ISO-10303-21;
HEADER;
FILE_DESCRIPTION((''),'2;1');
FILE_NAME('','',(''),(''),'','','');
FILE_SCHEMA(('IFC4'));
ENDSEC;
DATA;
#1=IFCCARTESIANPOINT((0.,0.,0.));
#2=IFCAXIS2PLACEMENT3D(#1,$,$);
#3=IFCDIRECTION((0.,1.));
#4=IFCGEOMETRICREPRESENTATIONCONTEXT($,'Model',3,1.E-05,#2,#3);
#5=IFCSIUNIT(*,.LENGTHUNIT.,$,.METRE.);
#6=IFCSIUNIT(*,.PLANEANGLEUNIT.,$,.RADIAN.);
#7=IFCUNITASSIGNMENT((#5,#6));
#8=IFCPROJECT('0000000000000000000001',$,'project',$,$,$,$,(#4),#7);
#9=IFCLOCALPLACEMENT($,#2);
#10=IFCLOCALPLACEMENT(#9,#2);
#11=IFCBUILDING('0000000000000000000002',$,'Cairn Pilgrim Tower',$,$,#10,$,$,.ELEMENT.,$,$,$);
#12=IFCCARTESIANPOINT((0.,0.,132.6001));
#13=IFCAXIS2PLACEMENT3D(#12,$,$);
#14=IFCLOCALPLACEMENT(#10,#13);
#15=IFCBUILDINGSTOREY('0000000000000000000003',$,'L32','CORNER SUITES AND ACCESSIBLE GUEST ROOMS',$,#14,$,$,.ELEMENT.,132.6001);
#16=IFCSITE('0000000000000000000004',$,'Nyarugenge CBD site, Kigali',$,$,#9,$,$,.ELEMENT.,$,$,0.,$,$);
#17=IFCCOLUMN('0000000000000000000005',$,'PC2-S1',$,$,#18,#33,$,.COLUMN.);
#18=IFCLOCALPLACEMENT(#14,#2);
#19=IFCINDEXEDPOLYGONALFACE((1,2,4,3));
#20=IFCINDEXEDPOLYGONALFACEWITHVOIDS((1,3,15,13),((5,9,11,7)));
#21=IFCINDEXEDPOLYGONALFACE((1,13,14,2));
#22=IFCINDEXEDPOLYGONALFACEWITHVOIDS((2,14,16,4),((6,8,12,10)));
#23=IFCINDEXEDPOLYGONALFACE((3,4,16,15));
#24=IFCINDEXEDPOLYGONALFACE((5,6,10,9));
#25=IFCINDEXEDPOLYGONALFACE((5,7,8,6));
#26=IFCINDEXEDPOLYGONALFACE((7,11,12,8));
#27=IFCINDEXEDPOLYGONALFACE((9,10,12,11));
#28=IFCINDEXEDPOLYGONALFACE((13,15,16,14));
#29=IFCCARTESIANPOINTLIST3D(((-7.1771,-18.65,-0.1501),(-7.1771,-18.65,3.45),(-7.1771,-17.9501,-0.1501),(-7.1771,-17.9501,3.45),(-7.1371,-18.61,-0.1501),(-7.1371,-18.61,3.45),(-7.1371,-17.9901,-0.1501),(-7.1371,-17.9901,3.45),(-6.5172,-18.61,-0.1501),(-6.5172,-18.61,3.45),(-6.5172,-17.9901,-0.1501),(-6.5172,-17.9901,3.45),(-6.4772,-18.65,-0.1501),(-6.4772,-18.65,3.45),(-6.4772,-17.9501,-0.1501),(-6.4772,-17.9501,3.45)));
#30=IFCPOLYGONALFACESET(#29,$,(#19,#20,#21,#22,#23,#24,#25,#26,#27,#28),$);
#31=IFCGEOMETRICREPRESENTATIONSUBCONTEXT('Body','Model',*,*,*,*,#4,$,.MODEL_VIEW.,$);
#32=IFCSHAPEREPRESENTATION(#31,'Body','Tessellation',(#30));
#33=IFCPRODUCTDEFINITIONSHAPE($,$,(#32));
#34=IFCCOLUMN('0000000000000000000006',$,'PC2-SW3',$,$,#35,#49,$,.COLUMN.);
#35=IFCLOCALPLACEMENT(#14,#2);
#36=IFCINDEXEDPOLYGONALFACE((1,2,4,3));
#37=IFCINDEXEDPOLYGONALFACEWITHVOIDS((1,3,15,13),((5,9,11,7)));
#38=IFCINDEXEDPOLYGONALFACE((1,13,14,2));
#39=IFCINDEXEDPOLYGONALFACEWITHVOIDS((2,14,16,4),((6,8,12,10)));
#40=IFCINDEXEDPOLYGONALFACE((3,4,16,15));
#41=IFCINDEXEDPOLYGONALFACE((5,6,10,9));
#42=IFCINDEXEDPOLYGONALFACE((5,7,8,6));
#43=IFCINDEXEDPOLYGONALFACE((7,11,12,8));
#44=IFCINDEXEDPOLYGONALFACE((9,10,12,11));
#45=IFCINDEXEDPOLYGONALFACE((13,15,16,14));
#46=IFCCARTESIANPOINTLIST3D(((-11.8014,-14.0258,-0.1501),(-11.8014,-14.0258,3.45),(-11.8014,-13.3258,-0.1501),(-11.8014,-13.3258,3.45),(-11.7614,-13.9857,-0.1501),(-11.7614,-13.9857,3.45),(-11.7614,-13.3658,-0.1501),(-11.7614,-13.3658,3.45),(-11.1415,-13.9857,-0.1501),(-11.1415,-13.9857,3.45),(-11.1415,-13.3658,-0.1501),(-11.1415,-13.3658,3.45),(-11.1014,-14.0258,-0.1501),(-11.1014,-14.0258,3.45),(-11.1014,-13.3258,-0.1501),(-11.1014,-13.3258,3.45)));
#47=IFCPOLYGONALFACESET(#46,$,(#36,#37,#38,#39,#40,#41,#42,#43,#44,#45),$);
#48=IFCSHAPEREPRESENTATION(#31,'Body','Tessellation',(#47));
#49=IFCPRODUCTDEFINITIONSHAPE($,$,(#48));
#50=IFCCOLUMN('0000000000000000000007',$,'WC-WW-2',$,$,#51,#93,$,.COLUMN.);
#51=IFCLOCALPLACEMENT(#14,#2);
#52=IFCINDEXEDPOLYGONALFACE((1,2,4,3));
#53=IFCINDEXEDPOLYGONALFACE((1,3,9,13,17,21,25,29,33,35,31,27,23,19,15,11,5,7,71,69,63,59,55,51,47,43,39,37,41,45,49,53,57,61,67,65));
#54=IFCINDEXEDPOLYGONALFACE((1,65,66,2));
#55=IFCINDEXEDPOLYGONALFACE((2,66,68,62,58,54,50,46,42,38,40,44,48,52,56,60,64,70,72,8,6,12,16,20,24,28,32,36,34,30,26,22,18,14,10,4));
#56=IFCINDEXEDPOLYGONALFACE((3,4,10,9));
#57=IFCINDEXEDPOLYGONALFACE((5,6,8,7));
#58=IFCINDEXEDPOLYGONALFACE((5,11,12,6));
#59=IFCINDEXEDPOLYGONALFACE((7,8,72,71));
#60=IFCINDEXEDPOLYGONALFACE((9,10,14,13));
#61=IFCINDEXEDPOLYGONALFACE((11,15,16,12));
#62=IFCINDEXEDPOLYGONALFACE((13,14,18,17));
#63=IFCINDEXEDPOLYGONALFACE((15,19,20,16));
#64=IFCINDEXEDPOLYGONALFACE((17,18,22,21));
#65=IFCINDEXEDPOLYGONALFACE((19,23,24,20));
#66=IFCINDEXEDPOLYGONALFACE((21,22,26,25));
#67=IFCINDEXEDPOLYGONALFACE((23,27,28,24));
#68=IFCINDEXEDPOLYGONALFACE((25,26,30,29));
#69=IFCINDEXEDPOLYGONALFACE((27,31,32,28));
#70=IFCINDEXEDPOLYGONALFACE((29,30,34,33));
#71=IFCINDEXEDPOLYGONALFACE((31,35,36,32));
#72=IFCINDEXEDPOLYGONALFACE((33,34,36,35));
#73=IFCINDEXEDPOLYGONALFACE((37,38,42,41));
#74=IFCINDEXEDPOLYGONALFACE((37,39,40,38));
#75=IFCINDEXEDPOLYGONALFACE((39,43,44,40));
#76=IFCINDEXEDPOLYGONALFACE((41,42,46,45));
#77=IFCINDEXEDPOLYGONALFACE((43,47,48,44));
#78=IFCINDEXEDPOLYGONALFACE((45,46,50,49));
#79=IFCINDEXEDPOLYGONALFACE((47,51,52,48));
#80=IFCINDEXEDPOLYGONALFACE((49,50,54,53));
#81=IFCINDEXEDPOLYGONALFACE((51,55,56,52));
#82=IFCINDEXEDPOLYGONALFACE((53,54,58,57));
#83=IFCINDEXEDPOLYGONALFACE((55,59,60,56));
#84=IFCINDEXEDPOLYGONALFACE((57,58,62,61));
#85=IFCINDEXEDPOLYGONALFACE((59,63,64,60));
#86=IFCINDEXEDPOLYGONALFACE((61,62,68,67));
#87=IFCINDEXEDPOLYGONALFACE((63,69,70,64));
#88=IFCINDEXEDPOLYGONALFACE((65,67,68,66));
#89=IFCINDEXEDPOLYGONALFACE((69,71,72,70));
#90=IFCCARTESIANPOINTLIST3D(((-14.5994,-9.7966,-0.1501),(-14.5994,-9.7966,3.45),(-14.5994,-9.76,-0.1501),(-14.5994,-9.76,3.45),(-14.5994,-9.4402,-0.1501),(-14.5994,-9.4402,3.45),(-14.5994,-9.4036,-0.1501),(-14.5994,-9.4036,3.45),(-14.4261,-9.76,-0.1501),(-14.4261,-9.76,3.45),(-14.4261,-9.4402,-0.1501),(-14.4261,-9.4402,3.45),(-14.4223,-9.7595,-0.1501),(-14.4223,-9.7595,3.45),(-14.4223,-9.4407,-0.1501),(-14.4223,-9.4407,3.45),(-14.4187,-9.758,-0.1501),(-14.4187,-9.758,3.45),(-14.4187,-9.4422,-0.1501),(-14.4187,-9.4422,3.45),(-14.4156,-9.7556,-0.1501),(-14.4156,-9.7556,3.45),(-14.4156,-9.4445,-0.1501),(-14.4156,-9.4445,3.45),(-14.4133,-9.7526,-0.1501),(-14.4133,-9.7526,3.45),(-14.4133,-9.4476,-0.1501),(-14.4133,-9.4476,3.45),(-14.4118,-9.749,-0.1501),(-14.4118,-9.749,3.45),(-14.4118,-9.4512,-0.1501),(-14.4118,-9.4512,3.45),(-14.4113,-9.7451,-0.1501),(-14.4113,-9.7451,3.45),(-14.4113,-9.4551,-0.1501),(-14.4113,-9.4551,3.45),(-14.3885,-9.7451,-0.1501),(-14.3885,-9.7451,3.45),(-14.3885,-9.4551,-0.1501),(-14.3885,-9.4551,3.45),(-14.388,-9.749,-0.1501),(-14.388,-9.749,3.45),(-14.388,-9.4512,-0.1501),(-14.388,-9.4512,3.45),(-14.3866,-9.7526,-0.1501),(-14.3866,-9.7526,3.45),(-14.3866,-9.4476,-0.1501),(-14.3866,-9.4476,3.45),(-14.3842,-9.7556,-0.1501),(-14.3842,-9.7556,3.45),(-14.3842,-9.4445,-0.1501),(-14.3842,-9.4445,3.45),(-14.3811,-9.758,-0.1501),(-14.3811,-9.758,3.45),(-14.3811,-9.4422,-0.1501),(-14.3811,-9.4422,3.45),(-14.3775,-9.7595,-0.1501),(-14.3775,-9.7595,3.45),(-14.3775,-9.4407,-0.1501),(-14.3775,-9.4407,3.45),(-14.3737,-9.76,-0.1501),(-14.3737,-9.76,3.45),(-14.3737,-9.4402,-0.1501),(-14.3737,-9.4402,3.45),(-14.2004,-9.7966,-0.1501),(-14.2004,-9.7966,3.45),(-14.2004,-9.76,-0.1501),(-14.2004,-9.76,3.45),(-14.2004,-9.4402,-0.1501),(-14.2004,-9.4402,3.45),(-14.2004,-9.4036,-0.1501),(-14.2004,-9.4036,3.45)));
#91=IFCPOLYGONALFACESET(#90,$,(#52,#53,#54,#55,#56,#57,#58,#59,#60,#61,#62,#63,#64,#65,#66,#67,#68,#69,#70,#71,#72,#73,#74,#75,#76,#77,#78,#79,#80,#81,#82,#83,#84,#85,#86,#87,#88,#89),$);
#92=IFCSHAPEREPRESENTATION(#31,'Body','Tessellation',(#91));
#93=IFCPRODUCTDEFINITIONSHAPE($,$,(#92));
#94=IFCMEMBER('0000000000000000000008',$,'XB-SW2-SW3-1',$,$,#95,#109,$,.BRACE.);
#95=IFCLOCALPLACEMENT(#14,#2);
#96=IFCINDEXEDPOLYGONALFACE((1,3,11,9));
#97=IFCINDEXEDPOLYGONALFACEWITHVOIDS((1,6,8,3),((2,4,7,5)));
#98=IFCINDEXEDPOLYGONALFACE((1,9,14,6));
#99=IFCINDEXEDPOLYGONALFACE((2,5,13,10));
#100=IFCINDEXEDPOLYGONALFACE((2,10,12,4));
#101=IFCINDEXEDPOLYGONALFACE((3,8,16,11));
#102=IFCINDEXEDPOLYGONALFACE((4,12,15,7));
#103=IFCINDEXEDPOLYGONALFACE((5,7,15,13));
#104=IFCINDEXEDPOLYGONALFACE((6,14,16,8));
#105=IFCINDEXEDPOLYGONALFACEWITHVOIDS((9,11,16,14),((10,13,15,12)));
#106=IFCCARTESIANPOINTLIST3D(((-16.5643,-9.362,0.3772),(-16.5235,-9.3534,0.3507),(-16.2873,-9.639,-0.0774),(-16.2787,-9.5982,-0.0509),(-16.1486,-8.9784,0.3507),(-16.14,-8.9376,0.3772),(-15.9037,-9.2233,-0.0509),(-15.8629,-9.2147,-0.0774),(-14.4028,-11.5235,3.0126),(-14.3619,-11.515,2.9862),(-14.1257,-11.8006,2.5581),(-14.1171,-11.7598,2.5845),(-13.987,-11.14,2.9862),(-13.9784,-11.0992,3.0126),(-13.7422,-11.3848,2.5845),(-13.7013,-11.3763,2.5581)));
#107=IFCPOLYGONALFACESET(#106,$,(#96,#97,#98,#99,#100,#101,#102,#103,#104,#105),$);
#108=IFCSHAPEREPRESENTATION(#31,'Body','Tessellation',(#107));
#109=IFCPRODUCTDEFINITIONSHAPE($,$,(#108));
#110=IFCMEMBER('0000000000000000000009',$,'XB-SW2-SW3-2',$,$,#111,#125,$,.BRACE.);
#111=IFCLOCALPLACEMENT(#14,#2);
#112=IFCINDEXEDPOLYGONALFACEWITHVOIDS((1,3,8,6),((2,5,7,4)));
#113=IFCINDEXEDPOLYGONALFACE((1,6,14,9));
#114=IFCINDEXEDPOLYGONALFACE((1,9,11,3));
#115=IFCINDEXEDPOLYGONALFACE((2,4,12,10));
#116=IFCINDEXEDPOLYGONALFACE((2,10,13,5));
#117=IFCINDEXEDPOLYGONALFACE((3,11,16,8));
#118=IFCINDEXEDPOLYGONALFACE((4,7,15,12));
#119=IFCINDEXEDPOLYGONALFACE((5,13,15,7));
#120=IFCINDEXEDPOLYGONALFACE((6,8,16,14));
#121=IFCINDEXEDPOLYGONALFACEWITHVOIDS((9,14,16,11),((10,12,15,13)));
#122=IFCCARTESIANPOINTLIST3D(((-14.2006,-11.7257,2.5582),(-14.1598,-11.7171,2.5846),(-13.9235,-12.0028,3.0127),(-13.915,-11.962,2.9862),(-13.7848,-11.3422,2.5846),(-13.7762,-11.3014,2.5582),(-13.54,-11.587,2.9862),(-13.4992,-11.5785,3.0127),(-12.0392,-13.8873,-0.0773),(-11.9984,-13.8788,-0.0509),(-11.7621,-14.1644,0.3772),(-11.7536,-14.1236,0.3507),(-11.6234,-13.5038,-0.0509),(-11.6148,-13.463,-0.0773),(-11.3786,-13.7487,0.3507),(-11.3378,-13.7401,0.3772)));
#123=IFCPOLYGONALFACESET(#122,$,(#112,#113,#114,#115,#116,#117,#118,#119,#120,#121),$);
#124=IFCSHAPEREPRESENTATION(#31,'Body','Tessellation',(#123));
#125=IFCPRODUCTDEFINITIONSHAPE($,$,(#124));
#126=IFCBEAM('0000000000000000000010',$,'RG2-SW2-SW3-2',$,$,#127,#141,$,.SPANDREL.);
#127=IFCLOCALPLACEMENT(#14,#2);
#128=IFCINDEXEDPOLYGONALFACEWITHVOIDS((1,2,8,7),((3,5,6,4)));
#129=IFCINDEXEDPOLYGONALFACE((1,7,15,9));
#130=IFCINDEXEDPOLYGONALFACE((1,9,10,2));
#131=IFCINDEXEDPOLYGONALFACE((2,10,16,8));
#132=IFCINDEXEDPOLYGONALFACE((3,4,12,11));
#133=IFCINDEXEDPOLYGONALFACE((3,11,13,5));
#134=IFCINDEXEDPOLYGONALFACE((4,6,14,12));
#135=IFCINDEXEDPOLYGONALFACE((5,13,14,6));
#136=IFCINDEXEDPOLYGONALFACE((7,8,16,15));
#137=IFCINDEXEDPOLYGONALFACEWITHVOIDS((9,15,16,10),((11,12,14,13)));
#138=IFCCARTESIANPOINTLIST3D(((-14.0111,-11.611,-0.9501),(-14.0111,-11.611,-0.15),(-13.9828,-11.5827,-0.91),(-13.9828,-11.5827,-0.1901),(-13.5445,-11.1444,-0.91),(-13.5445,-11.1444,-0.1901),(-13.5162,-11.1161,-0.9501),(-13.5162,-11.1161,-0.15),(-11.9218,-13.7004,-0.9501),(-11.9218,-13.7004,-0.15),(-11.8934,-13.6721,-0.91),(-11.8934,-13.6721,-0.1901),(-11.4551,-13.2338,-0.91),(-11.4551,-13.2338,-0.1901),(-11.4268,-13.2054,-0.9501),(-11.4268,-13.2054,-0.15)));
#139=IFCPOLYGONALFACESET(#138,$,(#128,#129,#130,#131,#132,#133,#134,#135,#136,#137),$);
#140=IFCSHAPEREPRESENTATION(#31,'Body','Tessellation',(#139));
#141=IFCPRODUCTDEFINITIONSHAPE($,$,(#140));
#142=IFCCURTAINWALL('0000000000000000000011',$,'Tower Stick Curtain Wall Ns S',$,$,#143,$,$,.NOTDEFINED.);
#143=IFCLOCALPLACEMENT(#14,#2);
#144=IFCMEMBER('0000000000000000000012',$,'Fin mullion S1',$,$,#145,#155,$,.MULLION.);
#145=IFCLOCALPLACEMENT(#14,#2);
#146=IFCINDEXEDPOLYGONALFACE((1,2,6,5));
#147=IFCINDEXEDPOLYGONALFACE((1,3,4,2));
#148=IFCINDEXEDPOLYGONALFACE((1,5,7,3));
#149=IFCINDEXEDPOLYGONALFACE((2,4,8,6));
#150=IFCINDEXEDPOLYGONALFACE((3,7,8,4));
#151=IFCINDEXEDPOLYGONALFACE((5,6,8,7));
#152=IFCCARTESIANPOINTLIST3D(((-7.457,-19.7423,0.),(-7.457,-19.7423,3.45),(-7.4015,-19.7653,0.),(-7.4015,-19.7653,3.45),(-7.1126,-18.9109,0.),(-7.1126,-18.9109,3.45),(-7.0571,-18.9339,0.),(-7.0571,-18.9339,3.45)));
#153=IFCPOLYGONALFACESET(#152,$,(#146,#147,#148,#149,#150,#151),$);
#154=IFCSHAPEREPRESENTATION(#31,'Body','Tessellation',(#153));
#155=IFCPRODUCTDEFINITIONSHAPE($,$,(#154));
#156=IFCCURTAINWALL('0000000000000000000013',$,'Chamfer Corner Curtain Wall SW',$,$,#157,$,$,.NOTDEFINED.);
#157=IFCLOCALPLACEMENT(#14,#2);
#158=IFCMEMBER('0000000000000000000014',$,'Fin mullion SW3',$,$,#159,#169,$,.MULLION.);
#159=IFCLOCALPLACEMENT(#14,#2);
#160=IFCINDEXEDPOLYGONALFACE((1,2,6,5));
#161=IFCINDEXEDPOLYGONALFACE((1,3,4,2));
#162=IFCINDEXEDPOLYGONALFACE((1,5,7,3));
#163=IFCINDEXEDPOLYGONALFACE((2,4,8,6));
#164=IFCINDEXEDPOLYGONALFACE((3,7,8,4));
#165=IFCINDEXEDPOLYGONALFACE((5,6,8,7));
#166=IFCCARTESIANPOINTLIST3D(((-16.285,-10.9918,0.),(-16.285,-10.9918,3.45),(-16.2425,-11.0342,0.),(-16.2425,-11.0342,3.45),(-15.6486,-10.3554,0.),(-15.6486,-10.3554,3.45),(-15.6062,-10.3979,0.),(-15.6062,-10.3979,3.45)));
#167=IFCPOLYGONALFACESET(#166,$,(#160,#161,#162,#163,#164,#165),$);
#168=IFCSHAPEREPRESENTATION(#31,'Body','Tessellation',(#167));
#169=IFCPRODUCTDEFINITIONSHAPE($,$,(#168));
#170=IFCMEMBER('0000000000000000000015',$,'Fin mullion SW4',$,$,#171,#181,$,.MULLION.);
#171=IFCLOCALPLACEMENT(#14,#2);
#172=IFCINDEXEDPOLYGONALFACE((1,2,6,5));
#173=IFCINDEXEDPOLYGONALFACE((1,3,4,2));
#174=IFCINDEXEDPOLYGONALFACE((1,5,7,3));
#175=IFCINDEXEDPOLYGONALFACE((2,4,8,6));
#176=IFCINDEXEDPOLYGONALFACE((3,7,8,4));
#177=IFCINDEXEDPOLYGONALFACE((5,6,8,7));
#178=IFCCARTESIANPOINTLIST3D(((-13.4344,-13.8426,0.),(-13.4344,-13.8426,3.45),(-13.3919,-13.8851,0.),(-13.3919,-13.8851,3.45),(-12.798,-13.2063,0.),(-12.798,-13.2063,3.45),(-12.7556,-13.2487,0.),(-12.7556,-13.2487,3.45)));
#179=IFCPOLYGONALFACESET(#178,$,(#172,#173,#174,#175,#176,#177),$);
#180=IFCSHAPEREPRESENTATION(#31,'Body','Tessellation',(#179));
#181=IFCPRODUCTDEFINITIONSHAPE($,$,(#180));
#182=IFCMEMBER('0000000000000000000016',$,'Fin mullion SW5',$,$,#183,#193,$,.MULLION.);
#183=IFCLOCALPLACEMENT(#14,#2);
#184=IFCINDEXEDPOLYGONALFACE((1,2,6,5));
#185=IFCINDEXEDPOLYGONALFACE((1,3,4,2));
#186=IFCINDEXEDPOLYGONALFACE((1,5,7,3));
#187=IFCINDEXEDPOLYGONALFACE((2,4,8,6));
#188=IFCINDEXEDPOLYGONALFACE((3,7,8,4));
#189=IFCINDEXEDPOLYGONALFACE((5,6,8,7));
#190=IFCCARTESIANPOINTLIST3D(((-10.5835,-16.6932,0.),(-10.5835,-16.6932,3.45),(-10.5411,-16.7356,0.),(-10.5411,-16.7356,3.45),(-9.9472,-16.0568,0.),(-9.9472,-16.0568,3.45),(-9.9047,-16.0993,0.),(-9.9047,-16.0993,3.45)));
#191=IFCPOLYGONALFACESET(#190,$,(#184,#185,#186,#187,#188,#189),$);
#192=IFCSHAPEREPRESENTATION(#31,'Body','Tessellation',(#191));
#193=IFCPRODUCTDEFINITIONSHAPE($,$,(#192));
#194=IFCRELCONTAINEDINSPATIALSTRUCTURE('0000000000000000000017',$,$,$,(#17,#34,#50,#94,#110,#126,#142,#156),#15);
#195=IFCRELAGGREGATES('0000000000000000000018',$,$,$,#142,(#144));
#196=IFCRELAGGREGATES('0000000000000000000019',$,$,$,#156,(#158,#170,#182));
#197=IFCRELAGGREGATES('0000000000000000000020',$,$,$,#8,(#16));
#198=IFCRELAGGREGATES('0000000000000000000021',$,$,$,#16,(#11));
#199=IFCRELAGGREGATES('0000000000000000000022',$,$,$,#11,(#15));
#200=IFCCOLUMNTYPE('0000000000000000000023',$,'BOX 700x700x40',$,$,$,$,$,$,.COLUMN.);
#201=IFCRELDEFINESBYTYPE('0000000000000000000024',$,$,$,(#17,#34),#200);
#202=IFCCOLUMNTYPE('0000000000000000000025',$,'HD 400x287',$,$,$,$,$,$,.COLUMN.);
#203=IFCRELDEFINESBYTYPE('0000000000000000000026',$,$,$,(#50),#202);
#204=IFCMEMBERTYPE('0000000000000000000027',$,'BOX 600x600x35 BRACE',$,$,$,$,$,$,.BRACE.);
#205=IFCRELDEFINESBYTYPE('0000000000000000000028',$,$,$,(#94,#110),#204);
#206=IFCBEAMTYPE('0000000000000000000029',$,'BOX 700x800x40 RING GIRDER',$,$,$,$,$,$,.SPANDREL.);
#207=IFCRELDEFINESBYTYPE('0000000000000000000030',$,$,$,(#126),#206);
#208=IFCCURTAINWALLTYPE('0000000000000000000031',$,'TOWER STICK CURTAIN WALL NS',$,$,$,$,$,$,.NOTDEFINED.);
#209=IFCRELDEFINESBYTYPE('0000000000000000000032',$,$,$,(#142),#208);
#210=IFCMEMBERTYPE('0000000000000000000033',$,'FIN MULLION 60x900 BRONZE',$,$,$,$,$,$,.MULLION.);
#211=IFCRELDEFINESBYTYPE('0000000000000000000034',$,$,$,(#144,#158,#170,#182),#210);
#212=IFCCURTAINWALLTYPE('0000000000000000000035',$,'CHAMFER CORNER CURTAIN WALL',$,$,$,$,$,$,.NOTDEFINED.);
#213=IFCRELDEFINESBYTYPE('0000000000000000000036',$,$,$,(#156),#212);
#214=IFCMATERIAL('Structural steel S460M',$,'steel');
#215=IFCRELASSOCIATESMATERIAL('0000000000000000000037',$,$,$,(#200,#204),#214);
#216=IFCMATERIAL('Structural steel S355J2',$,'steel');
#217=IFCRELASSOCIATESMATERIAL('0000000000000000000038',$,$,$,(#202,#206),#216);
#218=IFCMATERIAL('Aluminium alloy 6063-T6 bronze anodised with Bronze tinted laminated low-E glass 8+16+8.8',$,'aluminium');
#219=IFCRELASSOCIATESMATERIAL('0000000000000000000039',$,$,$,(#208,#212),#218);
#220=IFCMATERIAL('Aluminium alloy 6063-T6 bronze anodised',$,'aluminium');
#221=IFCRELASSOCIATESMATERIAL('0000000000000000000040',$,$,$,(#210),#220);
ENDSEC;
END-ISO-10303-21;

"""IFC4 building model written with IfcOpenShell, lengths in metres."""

from ifc_helpers import new_model, si_unit, direction, frame, origin, origin_2d, place, context, subcontext, project, spatial, rectangle, hollow_rectangle, i_section, extrude, material, material_profile, profile_set, type_object, element, aggregate, save


model = new_model("IFC4")

# Units and contexts
model_context = context("Model", 3, precision=1e-05, world=origin(), true_north=direction((0.0, 1.0)))
body_context = subcontext(model_context, "Body", "Model", "MODEL_VIEW")
ifc_project = project(units=[si_unit("LENGTHUNIT", "METRE"), si_unit("PLANEANGLEUNIT", "RADIAN")], contexts=[model_context])

# Site, building, storey
site_placement = place(None, origin())
site = spatial("IfcSite", under=ifc_project, at=site_placement, Name="Nyarugenge CBD site, Kigali", CompositionType="ELEMENT", RefElevation=0.0)
building_placement = place(site_placement, origin())
building = spatial("IfcBuilding", under=site, at=building_placement, Name="Cairn Pilgrim Tower", CompositionType="ELEMENT")
storey_placement = place(building_placement, frame((0.0, 0.0, 132.6001)))
storey = spatial("IfcBuildingStorey", under=building, at=storey_placement, Name="L32", Description="CORNER SUITES AND ACCESSIBLE GUEST ROOMS", CompositionType="ELEMENT", Elevation=132.6001)

# Columns
ifc_material_1 = material(Name="Structural steel S460M", Category="steel")
ifc_material_profile_1 = material_profile(ifc_material_1, hollow_rectangle(XDim=0.7, YDim=0.7, WallThickness=0.04, at=origin_2d()), Name="BOX 700x700x40")
ifc_profile_set_1 = profile_set([ifc_material_profile_1], Name="Structural steel S460M")
column_type_1 = type_object("IfcColumnType", Name="BOX 700x700x40", PredefinedType="COLUMN", material=ifc_profile_set_1)
for number, where, z_axis, x_axis, name in (
    (1, (-6.8271, -18.3, -0.1501), (0.0, 0.0, 1.0), (1.0, 0.0, 0.0), "PC2-S1"),
    (2, (-11.4514, -13.6758, -0.1501), (0.0, 0.0, 1.0), (1.0, 0.0, 0.0), "PC2-SW3"),
):
    element("IfcColumn", number, at=place(storey_placement, frame(where, z_axis=z_axis, x_axis=x_axis)), inside=storey, type_object=column_type_1, Name=name, PredefinedType="COLUMN", context=body_context, shape_type="SweptSolid", body=[
        extrude(hollow_rectangle(XDim=0.7, YDim=0.7, WallThickness=0.04, at=origin_2d()), origin(), (0.0, 0.0, 1.0), 3.6001),
    ])
ifc_material_2 = material(Name="Structural steel S355J2", Category="steel")
ifc_material_profile_2 = material_profile(ifc_material_2, i_section(OverallWidth=0.3989, OverallDepth=0.3931, WebThickness=0.0227, FlangeThickness=0.0366, FilletRadius=0.0149, at=origin_2d()), Name="HD 400x287")
ifc_profile_set_2 = profile_set([ifc_material_profile_2], Name="Structural steel S355J2")
column_type_2 = type_object("IfcColumnType", Name="HD 400x287", PredefinedType="COLUMN", material=ifc_profile_set_2)
column_placement = place(storey_placement, frame((-14.3999, -9.6001, -0.1501), z_axis=(0.0, 0.0, 1.0), x_axis=(1.0, 0.0, 0.0)))
element("IfcColumn", 3, at=column_placement, inside=storey, type_object=column_type_2, Name="WC-WW-2", PredefinedType="COLUMN", context=body_context, shape_type="SweptSolid", body=[
    extrude(i_section(OverallWidth=0.3989, OverallDepth=0.3931, WebThickness=0.0227, FlangeThickness=0.0366, FilletRadius=0.0149, at=origin_2d()), origin(), (0.0, 0.0, 1.0), 3.6001),
])

# Members
ifc_material_profile_3 = material_profile(ifc_material_1, hollow_rectangle(XDim=0.6001, YDim=0.6001, WallThickness=0.0349, at=origin_2d()), Name="BOX 600x600x35")
ifc_profile_set_3 = profile_set([ifc_material_profile_3], Name="Structural steel S460M")
member_type_1 = type_object("IfcMemberType", Name="BOX 600x600x35 BRACE", PredefinedType="BRACE", material=ifc_profile_set_3)
for number, where, z_axis, x_axis, name in (
    (4, (-16.2136, -9.2883, 0.1499), (0.535556, -0.535556, 0.652962), (0.707107, 0.707107, 0.0), "XB-SW2-SW3-1"),
    (5, (-11.6885, -13.8137, 0.1499), (-0.535513, 0.535573, 0.652983), (-0.707147, -0.707067, 0.0), "XB-SW2-SW3-2"),
):
    element("IfcMember", number, at=place(storey_placement, frame(where, z_axis=z_axis, x_axis=x_axis)), inside=storey, type_object=member_type_1, Name=name, PredefinedType="BRACE", context=body_context, shape_type="SweptSolid", body=[
        extrude(hollow_rectangle(XDim=0.6001, YDim=0.6001, WallThickness=0.0349, at=origin_2d()), origin(), (0.0, 0.0, 1.0), 4.0361),
    ])

# Beam
ifc_material_profile_4 = material_profile(ifc_material_2, hollow_rectangle(XDim=0.7, YDim=0.8, WallThickness=0.04, at=origin_2d()), Name="BOX 700x800x40")
ifc_profile_set_4 = profile_set([ifc_material_profile_4], Name="Structural steel S355J2")
beam_type_1 = type_object("IfcBeamType", Name="BOX 700x800x40 RING GIRDER", PredefinedType="SPANDREL", material=ifc_profile_set_4)
beam_1_placement = place(storey_placement, frame((-13.7637, -11.3635, -0.55), z_axis=(0.707107, -0.707107, 0.0), x_axis=(0.707107, 0.707107, 0.0)))
element("IfcBeam", 6, at=beam_1_placement, inside=storey, type_object=beam_type_1, Name="RG2-SW2-SW3-2", PredefinedType="SPANDREL", context=body_context, shape_type="SweptSolid", body=[
    extrude(hollow_rectangle(XDim=0.7, YDim=0.8, WallThickness=0.04, at=origin_2d()), origin(), (0.0, 0.0, 1.0), 2.9548),
])

# Curtain wall, member
ifc_material_3 = material(Name="Aluminium alloy 6063-T6 bronze anodised with Bronze tinted laminated low-E glass 8+16+8.8", Category="aluminium")
curtain_wall_type_1 = type_object("IfcCurtainWallType", Name="TOWER STICK CURTAIN WALL NS", PredefinedType="NOTDEFINED", material=ifc_material_3)
curtain_wall_1_placement = place(storey_placement, origin())
curtain_wall_1 = element("IfcCurtainWall", 7, at=curtain_wall_1_placement, inside=storey, type_object=curtain_wall_type_1, Name="Tower Stick Curtain Wall Ns S", PredefinedType="NOTDEFINED")
ifc_material_4 = material(Name="Aluminium alloy 6063-T6 bronze anodised", Category="aluminium")
ifc_material_profile_5 = material_profile(ifc_material_4, rectangle(XDim=0.8999, YDim=0.0601, at=origin_2d()), Name="FIN MULLION 60x900 BRONZE")
ifc_profile_set_5 = profile_set([ifc_material_profile_5], Name="Aluminium alloy 6063-T6 bronze anodised")
member_type_2 = type_object("IfcMemberType", Name="FIN MULLION 60x900 BRONZE", PredefinedType="MULLION", material=ifc_profile_set_5)
member_1_placement = place(storey_placement, frame((-7.2571, -19.3381, 0.0), z_axis=(0.0, 0.0, 1.0), x_axis=(-0.382683, -0.92388, 0.0)))
member_1 = element("IfcMember", 8, at=member_1_placement, type_object=member_type_2, Name="Fin mullion S1", PredefinedType="MULLION", context=body_context, shape_type="SweptSolid", body=[
    extrude(rectangle(XDim=0.8999, YDim=0.0601, at=origin_2d()), origin(), (0.0, 0.0, 1.0), 3.45),
])
aggregate(curtain_wall_1, [member_1])

# Curtain wall, members
curtain_wall_type_2 = type_object("IfcCurtainWallType", Name="CHAMFER CORNER CURTAIN WALL", PredefinedType="NOTDEFINED", material=ifc_material_3)
curtain_wall_2_placement = place(storey_placement, origin())
curtain_wall_2 = element("IfcCurtainWall", 9, at=curtain_wall_2_placement, inside=storey, type_object=curtain_wall_type_2, Name="Chamfer Corner Curtain Wall SW", PredefinedType="NOTDEFINED")
member_2_placement = place(storey_placement, frame((-15.9456, -10.6948, 0.0), z_axis=(0.0, 0.0, 1.0), x_axis=(-0.707107, -0.707107, 0.0)))
member_2 = element("IfcMember", 10, at=member_2_placement, type_object=member_type_2, Name="Fin mullion SW3", PredefinedType="MULLION", context=body_context, shape_type="SweptSolid", body=[
    extrude(rectangle(XDim=0.8999, YDim=0.0601, at=origin_2d()), origin(), (0.0, 0.0, 1.0), 3.45),
])
member_3_placement = place(storey_placement, frame((-13.095, -13.5457, 0.0), z_axis=(0.0, 0.0, 1.0), x_axis=(-0.707107, -0.707107, 0.0)))
member_3 = element("IfcMember", 11, at=member_3_placement, type_object=member_type_2, Name="Fin mullion SW4", PredefinedType="MULLION", context=body_context, shape_type="SweptSolid", body=[
    extrude(rectangle(XDim=0.8999, YDim=0.0601, at=origin_2d()), origin(), (0.0, 0.0, 1.0), 3.45),
])
member_4_placement = place(storey_placement, frame((-10.2441, -16.3962, 0.0), z_axis=(0.0, 0.0, 1.0), x_axis=(-0.707107, -0.707107, 0.0)))
member_4 = element("IfcMember", 12, at=member_4_placement, type_object=member_type_2, Name="Fin mullion SW5", PredefinedType="MULLION", context=body_context, shape_type="SweptSolid", body=[
    extrude(rectangle(XDim=0.8999, YDim=0.0601, at=origin_2d()), origin(), (0.0, 0.0, 1.0), 3.45),
])

aggregate(curtain_wall_2, [member_2, member_3, member_4])

save(model, "model.ifc")
